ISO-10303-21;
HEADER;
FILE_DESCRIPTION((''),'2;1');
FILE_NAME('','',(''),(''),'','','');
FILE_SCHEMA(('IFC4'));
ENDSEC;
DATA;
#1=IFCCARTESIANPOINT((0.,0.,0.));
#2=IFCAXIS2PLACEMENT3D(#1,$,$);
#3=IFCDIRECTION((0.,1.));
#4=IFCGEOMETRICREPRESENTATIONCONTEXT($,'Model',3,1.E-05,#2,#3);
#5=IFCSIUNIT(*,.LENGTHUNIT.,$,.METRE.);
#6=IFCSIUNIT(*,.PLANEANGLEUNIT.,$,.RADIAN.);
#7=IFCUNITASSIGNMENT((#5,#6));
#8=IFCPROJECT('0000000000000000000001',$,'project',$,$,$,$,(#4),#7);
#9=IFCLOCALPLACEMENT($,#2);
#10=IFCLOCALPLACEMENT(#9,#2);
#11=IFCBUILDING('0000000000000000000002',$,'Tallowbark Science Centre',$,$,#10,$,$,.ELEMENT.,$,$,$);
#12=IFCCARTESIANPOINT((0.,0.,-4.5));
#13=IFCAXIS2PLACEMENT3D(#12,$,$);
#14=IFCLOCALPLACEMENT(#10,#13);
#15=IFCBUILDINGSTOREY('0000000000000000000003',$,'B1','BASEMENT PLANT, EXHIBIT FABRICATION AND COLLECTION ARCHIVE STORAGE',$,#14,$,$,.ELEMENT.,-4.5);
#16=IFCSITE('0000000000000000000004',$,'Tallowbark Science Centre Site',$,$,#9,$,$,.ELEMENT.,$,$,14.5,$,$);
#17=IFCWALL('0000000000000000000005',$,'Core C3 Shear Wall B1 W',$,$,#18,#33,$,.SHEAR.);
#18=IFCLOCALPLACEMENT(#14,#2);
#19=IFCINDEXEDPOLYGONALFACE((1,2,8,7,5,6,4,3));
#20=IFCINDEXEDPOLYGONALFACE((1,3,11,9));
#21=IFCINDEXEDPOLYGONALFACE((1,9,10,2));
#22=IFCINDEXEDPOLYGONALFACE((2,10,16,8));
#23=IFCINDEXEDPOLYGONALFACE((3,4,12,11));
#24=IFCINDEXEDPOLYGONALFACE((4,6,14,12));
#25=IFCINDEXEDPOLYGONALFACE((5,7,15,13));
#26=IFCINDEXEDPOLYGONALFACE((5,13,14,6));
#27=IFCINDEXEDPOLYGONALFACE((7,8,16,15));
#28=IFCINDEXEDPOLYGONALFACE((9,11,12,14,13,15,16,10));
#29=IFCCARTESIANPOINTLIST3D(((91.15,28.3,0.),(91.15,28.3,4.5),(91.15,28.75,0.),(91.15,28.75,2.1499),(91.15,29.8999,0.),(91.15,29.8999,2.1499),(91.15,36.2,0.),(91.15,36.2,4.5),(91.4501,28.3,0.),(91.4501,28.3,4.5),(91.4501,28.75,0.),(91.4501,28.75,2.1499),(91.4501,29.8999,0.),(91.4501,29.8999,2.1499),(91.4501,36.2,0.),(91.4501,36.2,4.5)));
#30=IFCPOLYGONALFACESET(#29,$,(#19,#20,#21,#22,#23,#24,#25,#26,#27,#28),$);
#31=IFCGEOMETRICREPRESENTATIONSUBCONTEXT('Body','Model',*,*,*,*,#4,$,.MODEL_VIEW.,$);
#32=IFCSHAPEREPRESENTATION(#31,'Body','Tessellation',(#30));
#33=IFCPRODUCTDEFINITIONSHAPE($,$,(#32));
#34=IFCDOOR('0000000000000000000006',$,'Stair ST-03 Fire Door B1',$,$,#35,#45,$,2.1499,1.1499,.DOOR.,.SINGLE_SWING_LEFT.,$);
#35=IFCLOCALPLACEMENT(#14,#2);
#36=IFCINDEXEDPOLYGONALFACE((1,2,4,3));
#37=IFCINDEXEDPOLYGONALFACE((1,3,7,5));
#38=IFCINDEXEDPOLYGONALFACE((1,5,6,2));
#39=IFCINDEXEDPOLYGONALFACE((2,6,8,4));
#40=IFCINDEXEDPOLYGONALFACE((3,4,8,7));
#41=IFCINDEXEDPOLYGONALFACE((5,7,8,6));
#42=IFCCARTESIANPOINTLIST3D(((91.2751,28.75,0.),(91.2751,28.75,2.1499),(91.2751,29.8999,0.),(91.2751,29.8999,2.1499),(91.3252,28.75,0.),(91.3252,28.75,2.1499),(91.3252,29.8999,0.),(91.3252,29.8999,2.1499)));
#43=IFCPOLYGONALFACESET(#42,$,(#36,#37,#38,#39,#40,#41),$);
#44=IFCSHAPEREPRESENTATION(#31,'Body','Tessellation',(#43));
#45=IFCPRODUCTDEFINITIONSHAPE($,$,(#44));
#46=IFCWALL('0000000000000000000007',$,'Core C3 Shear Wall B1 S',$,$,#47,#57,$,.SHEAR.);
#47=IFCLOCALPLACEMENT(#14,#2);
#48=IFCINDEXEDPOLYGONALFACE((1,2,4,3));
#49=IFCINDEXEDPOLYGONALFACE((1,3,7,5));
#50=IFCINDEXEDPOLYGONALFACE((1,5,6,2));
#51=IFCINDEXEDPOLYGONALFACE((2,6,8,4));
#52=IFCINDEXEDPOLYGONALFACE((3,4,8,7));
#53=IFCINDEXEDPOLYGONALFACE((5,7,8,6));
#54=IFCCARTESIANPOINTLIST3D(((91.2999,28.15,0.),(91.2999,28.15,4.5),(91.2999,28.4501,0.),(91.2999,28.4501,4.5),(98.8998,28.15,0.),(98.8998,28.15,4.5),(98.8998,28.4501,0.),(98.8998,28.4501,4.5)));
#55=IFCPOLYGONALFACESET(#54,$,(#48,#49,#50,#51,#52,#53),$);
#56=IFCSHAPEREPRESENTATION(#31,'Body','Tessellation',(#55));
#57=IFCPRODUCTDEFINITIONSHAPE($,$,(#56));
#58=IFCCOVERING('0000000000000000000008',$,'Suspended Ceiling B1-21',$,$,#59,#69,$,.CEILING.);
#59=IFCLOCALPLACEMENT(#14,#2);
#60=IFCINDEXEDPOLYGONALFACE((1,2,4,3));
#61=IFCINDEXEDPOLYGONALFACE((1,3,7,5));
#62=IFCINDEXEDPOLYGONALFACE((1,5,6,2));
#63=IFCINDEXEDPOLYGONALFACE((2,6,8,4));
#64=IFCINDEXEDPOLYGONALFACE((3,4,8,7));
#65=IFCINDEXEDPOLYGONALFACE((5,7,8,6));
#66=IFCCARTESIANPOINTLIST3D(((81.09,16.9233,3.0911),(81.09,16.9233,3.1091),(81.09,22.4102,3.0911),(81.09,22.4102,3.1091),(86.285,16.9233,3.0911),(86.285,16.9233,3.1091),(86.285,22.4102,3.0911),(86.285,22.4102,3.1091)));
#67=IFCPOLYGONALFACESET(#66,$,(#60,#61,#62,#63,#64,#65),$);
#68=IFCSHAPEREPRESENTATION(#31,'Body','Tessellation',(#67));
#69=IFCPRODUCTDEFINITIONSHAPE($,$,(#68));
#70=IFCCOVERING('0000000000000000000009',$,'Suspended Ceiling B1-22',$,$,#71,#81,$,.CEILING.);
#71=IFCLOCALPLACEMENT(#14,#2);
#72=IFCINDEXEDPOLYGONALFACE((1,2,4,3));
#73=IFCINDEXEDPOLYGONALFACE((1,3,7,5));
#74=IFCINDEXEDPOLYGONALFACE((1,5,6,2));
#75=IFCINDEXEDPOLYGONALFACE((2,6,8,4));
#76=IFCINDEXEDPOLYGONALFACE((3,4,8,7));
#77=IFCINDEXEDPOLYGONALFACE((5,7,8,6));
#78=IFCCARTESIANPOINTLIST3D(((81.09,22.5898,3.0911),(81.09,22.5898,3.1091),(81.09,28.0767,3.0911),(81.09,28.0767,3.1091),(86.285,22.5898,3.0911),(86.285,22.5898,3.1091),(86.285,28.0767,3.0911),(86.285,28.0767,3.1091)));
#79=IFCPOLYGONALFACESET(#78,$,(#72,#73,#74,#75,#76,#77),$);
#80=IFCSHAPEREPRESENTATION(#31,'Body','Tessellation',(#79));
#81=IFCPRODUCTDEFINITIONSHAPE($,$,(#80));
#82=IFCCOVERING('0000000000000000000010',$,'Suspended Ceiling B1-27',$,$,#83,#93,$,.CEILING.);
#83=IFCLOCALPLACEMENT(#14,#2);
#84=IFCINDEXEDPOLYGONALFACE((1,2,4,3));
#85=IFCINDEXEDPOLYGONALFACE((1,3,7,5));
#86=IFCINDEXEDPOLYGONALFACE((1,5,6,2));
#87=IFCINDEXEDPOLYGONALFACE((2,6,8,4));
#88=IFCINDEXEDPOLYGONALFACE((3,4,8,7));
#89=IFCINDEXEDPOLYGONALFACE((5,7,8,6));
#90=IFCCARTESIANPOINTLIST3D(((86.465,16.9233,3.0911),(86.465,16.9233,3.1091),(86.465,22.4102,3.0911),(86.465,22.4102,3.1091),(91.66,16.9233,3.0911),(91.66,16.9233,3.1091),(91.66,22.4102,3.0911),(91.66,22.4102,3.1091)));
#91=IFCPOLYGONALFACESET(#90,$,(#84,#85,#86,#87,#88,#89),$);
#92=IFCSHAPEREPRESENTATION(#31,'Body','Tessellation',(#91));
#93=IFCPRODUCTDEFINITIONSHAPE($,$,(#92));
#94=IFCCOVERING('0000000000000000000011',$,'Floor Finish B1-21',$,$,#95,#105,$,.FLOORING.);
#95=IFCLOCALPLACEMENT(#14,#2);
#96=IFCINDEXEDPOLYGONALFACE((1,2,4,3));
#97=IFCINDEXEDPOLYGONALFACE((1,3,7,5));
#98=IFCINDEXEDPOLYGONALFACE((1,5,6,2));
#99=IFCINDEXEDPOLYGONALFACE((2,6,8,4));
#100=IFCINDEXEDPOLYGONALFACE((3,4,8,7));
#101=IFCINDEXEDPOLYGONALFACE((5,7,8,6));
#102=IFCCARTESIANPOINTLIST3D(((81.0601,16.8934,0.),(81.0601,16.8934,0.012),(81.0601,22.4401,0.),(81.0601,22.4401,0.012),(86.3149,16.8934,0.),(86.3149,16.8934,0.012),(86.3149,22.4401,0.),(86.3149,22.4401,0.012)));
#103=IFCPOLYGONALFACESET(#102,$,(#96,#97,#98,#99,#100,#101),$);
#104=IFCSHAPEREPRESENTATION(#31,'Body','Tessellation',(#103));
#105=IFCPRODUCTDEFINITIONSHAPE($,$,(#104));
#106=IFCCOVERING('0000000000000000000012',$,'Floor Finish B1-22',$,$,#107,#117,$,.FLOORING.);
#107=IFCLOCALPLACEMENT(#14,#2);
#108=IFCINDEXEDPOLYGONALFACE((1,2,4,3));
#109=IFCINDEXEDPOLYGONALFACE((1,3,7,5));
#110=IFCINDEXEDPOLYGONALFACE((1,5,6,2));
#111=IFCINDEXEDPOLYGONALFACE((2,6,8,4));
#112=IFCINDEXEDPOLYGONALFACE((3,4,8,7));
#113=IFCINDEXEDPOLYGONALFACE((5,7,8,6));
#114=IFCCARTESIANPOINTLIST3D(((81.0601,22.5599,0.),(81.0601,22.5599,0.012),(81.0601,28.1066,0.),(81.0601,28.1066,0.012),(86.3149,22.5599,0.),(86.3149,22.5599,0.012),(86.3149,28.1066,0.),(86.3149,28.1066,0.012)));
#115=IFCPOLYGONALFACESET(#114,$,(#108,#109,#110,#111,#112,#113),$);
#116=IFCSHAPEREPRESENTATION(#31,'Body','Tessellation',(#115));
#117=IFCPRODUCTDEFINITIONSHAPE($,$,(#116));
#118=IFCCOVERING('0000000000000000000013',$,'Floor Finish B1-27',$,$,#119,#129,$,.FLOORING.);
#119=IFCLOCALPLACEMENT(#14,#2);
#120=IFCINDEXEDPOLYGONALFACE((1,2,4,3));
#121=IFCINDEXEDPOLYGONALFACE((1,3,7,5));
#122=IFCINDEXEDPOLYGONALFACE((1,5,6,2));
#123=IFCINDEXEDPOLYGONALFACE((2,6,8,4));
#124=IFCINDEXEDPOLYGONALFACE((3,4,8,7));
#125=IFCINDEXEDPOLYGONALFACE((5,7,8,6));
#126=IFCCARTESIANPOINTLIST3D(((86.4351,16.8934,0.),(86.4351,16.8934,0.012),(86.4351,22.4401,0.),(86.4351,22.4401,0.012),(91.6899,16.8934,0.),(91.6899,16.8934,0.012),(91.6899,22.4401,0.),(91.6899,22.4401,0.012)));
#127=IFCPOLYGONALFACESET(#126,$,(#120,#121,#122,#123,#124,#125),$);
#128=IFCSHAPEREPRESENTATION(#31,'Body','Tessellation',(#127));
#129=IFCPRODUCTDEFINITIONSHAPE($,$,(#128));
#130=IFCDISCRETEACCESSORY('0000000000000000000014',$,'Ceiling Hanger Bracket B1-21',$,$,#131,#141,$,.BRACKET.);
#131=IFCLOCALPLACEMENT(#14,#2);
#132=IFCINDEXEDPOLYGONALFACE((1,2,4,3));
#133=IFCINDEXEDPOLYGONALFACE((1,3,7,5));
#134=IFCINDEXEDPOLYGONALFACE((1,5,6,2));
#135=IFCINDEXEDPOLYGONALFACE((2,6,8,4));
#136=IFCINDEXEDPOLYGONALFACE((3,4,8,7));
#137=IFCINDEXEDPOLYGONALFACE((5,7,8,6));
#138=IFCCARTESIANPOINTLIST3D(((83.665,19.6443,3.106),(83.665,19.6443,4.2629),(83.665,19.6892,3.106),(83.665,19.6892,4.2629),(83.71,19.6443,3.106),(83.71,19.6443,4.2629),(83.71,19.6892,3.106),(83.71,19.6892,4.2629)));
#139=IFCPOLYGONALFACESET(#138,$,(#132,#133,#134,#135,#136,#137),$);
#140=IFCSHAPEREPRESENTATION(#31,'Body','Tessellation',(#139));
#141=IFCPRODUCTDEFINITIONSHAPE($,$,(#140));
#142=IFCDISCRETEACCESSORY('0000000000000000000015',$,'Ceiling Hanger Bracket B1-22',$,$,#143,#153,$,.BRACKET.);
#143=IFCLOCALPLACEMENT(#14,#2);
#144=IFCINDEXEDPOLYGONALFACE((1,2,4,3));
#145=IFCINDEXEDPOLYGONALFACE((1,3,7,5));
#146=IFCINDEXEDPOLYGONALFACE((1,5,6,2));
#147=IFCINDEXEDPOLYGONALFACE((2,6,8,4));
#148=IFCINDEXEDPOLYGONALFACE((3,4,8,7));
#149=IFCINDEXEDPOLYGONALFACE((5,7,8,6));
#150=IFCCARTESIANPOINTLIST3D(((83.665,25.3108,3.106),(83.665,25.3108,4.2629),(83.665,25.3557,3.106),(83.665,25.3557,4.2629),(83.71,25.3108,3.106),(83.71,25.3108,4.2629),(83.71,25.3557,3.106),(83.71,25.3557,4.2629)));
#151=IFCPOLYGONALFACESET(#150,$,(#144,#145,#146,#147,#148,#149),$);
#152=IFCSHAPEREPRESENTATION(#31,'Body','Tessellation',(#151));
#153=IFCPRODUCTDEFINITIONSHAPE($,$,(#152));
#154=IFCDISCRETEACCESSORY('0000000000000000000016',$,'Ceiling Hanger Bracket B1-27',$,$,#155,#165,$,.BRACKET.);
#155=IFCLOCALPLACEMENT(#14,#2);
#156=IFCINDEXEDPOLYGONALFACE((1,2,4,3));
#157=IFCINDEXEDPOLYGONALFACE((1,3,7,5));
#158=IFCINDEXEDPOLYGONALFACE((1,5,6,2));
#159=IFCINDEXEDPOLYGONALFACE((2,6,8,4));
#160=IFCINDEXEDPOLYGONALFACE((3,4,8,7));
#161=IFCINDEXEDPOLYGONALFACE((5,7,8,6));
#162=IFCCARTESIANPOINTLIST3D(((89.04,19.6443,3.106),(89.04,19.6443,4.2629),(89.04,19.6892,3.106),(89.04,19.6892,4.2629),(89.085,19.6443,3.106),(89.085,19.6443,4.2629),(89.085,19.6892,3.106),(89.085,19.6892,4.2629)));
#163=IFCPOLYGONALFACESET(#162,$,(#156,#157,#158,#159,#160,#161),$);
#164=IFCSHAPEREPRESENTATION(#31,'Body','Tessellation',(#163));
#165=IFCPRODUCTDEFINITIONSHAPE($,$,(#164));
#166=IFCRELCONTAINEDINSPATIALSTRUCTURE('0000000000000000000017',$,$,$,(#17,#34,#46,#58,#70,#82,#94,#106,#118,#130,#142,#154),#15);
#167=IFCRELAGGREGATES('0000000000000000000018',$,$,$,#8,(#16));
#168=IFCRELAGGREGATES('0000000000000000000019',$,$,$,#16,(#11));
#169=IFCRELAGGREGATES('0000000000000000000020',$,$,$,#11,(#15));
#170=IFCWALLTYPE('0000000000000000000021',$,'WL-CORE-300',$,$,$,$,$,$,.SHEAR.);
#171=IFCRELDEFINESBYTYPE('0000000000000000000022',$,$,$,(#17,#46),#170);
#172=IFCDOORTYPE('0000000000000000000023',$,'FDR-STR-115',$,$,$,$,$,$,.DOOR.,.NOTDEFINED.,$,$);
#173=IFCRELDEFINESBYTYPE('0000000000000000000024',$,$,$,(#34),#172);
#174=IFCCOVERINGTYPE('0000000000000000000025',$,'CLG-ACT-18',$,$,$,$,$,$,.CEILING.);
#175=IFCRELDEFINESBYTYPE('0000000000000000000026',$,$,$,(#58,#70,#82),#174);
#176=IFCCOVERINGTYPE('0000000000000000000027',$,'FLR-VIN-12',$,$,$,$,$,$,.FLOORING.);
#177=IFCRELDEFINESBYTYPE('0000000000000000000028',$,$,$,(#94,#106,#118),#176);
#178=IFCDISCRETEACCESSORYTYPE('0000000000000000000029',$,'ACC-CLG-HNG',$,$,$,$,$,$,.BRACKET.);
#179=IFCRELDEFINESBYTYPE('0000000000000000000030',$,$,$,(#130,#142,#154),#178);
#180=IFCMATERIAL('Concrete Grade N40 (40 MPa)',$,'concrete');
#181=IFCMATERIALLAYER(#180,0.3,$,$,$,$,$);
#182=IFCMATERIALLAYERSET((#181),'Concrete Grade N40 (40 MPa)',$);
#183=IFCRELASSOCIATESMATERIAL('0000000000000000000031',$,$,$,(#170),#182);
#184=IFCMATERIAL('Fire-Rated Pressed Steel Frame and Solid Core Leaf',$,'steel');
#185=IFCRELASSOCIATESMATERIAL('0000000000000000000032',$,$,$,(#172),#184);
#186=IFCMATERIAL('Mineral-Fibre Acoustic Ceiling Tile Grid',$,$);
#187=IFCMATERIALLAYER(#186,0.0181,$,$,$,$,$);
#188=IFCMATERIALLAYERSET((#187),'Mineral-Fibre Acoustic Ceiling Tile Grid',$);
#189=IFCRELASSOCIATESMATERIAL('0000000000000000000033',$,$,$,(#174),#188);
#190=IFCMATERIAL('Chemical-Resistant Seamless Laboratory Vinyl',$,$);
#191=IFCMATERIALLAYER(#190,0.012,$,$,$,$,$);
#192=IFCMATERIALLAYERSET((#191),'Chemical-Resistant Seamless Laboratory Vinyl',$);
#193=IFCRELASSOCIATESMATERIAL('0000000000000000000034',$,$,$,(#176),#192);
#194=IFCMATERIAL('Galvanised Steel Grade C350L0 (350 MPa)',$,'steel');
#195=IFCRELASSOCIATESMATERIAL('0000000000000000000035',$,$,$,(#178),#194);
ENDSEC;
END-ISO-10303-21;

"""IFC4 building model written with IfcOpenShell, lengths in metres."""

from ifc_helpers import new_model, si_unit, direction, frame, frame_2d, origin, origin_2d, place, context, subcontext, project, spatial, rectangle, extrude, material, layer, layer_set, type_object, element, fill, save


model = new_model("IFC4")

# Units and contexts
model_context = context("Model", 3, precision=1e-05, world=origin(), true_north=direction((0.0, 1.0)))
body_context = subcontext(model_context, "Body", "Model", "MODEL_VIEW")
ifc_project = project(units=[si_unit("LENGTHUNIT", "METRE"), si_unit("PLANEANGLEUNIT", "RADIAN")], contexts=[model_context])

# Site, building, storey
site_placement = place(None, origin())
site = spatial("IfcSite", under=ifc_project, at=site_placement, Name="Tallowbark Science Centre Site", CompositionType="ELEMENT", RefElevation=14.5)
building_placement = place(site_placement, origin())
building = spatial("IfcBuilding", under=site, at=building_placement, Name="Tallowbark Science Centre", CompositionType="ELEMENT")
storey_placement = place(building_placement, frame((0.0, 0.0, -4.5)))
storey = spatial("IfcBuildingStorey", under=building, at=storey_placement, Name="B1", Description="BASEMENT PLANT, EXHIBIT FABRICATION AND COLLECTION ARCHIVE STORAGE", CompositionType="ELEMENT", Elevation=-4.5)

# Shared definitions
ifc_material_1 = material(Name="Concrete Grade N40 (40 MPa)", Category="concrete")

# Wall, opening, door
ifc_layer_1 = layer(ifc_material_1, 0.3)
ifc_layer_set_1 = layer_set([ifc_layer_1], Name="Concrete Grade N40 (40 MPa)")
wall_type_1 = type_object("IfcWallType", Name="WL-CORE-300", PredefinedType="SHEAR", material=ifc_layer_set_1)
wall_1_placement = place(storey_placement, frame((91.3, 28.3, 0.0), z_axis=(0.0, 0.0, 1.0), x_axis=(0.0, 1.0, 0.0)))
wall_1 = element("IfcWall", 1, at=wall_1_placement, inside=storey, type_object=wall_type_1, Name="Core C3 Shear Wall B1 W", PredefinedType="SHEAR", context=body_context, shape_type="SweptSolid", body=[
    extrude(rectangle(XDim=7.8999, YDim=0.3, at=frame_2d((3.95, 0.0))), origin(), (0.0, 0.0, 1.0), 4.5),
])
opening_1_placement = place(wall_1_placement, frame((0.45, 0.0, 0.0)))
opening_1 = element("IfcOpeningElement", 2, at=opening_1_placement, cuts=wall_1, PredefinedType="OPENING", context=body_context, shape_type="SweptSolid", body=[
    extrude(rectangle(XDim=1.1499, YDim=2.1499, at=frame_2d((0.575, 1.075))), frame((0.0, 0.1602, 0.0), z_axis=(0.0, -1.0, 0.0), x_axis=(1.0, 0.0, 0.0)), (0.0, 0.0, 1.0), 0.3201),
])
ifc_material_2 = material(Name="Fire-Rated Pressed Steel Frame and Solid Core Leaf", Category="steel")
door_type_1 = type_object("IfcDoorType", Name="FDR-STR-115", OperationType="NOTDEFINED", PredefinedType="DOOR", material=ifc_material_2)
door_1_placement = place(opening_1_placement, origin())
door_1 = element("IfcDoor", 3, at=door_1_placement, inside=storey, type_object=door_type_1, Name="Stair ST-03 Fire Door B1", OperationType="SINGLE_SWING_LEFT", OverallHeight=2.1499, OverallWidth=1.1499, PredefinedType="DOOR", context=body_context, shape_type="SweptSolid", body=[
    extrude(rectangle(XDim=1.1499, YDim=2.1499, at=frame_2d((0.575, 1.075))), frame((0.0, 0.0249, 0.0), z_axis=(0.0, -1.0, 0.0), x_axis=(1.0, 0.0, 0.0)), (0.0, 0.0, 1.0), 0.05),
])
fill(opening_1, door_1)

# Wall
wall_2_placement = place(storey_placement, frame((91.3, 28.3, 0.0), z_axis=(0.0, 0.0, 1.0), x_axis=(1.0, 0.0, 0.0)))
element("IfcWall", 4, at=wall_2_placement, inside=storey, type_object=wall_type_1, Name="Core C3 Shear Wall B1 S", PredefinedType="SHEAR", context=body_context, shape_type="SweptSolid", body=[
    extrude(rectangle(XDim=7.5999, YDim=0.3, at=frame_2d((3.7998, 0.0))), origin(), (0.0, 0.0, 1.0), 4.5),
])

# Coverings
ifc_material_3 = material(Name="Mineral-Fibre Acoustic Ceiling Tile Grid")
ifc_layer_2 = layer(ifc_material_3, 0.0181)
ifc_layer_set_2 = layer_set([ifc_layer_2], Name="Mineral-Fibre Acoustic Ceiling Tile Grid")
covering_type_1 = type_object("IfcCoveringType", Name="CLG-ACT-18", PredefinedType="CEILING", material=ifc_layer_set_2)
for number, where, z_axis, x_axis, name in (
    (5, (83.6875, 19.6667, 3.0911), (0.0, 0.0, 1.0), (1.0, 0.0, 0.0), "Suspended Ceiling B1-21"),
    (6, (83.6875, 25.3333, 3.0911), (0.0, 0.0, 1.0), (1.0, 0.0, 0.0), "Suspended Ceiling B1-22"),
    (7, (89.0625, 19.6667, 3.0911), (0.0, 0.0, 1.0), (1.0, 0.0, 0.0), "Suspended Ceiling B1-27"),
):
    element("IfcCovering", number, at=place(storey_placement, frame(where, z_axis=z_axis, x_axis=x_axis)), inside=storey, type_object=covering_type_1, Name=name, PredefinedType="CEILING", context=body_context, shape_type="SweptSolid", body=[
        extrude(rectangle(XDim=5.1951, YDim=5.4868, at=origin_2d()), origin(), (0.0, 0.0, 1.0), 0.0181),
    ])
ifc_material_4 = material(Name="Chemical-Resistant Seamless Laboratory Vinyl")
ifc_layer_3 = layer(ifc_material_4, 0.012)
ifc_layer_set_3 = layer_set([ifc_layer_3], Name="Chemical-Resistant Seamless Laboratory Vinyl")
covering_type_2 = type_object("IfcCoveringType", Name="FLR-VIN-12", PredefinedType="FLOORING", material=ifc_layer_set_3)
for number, where, z_axis, x_axis, name in (
    (8, (83.6875, 19.6667, 0.0), (0.0, 0.0, 1.0), (1.0, 0.0, 0.0), "Floor Finish B1-21"),
    (9, (83.6875, 25.3333, 0.0), (0.0, 0.0, 1.0), (1.0, 0.0, 0.0), "Floor Finish B1-22"),
    (10, (89.0625, 19.6667, 0.0), (0.0, 0.0, 1.0), (1.0, 0.0, 0.0), "Floor Finish B1-27"),
):
    element("IfcCovering", number, at=place(storey_placement, frame(where, z_axis=z_axis, x_axis=x_axis)), inside=storey, type_object=covering_type_2, Name=name, PredefinedType="FLOORING", context=body_context, shape_type="SweptSolid", body=[
        extrude(rectangle(XDim=5.2549, YDim=5.5466, at=origin_2d()), origin(), (0.0, 0.0, 1.0), 0.012),
    ])

# Discrete accessories
ifc_material_5 = material(Name="Galvanised Steel Grade C350L0 (350 MPa)", Category="steel")
discrete_accessory_type = type_object("IfcDiscreteAccessoryType", Name="ACC-CLG-HNG", PredefinedType="BRACKET", material=ifc_material_5)
for number, where, z_axis, x_axis, name in (
    (11, (83.6875, 19.6667, 3.106), (0.0, 0.0, 1.0), (1.0, 0.0, 0.0), "Ceiling Hanger Bracket B1-21"),
    (12, (83.6875, 25.3333, 3.106), (0.0, 0.0, 1.0), (1.0, 0.0, 0.0), "Ceiling Hanger Bracket B1-22"),
    (13, (89.0625, 19.6667, 3.106), (0.0, 0.0, 1.0), (1.0, 0.0, 0.0), "Ceiling Hanger Bracket B1-27"),
):
    element("IfcDiscreteAccessory", number, at=place(storey_placement, frame(where, z_axis=z_axis, x_axis=x_axis)), inside=storey, type_object=discrete_accessory_type, Name=name, PredefinedType="BRACKET", context=body_context, shape_type="SweptSolid", body=[
        extrude(rectangle(XDim=0.0449, YDim=0.0449, at=origin_2d()), origin(), (0.0, 0.0, 1.0), 1.157),
    ])

save(model, "model.ifc")
